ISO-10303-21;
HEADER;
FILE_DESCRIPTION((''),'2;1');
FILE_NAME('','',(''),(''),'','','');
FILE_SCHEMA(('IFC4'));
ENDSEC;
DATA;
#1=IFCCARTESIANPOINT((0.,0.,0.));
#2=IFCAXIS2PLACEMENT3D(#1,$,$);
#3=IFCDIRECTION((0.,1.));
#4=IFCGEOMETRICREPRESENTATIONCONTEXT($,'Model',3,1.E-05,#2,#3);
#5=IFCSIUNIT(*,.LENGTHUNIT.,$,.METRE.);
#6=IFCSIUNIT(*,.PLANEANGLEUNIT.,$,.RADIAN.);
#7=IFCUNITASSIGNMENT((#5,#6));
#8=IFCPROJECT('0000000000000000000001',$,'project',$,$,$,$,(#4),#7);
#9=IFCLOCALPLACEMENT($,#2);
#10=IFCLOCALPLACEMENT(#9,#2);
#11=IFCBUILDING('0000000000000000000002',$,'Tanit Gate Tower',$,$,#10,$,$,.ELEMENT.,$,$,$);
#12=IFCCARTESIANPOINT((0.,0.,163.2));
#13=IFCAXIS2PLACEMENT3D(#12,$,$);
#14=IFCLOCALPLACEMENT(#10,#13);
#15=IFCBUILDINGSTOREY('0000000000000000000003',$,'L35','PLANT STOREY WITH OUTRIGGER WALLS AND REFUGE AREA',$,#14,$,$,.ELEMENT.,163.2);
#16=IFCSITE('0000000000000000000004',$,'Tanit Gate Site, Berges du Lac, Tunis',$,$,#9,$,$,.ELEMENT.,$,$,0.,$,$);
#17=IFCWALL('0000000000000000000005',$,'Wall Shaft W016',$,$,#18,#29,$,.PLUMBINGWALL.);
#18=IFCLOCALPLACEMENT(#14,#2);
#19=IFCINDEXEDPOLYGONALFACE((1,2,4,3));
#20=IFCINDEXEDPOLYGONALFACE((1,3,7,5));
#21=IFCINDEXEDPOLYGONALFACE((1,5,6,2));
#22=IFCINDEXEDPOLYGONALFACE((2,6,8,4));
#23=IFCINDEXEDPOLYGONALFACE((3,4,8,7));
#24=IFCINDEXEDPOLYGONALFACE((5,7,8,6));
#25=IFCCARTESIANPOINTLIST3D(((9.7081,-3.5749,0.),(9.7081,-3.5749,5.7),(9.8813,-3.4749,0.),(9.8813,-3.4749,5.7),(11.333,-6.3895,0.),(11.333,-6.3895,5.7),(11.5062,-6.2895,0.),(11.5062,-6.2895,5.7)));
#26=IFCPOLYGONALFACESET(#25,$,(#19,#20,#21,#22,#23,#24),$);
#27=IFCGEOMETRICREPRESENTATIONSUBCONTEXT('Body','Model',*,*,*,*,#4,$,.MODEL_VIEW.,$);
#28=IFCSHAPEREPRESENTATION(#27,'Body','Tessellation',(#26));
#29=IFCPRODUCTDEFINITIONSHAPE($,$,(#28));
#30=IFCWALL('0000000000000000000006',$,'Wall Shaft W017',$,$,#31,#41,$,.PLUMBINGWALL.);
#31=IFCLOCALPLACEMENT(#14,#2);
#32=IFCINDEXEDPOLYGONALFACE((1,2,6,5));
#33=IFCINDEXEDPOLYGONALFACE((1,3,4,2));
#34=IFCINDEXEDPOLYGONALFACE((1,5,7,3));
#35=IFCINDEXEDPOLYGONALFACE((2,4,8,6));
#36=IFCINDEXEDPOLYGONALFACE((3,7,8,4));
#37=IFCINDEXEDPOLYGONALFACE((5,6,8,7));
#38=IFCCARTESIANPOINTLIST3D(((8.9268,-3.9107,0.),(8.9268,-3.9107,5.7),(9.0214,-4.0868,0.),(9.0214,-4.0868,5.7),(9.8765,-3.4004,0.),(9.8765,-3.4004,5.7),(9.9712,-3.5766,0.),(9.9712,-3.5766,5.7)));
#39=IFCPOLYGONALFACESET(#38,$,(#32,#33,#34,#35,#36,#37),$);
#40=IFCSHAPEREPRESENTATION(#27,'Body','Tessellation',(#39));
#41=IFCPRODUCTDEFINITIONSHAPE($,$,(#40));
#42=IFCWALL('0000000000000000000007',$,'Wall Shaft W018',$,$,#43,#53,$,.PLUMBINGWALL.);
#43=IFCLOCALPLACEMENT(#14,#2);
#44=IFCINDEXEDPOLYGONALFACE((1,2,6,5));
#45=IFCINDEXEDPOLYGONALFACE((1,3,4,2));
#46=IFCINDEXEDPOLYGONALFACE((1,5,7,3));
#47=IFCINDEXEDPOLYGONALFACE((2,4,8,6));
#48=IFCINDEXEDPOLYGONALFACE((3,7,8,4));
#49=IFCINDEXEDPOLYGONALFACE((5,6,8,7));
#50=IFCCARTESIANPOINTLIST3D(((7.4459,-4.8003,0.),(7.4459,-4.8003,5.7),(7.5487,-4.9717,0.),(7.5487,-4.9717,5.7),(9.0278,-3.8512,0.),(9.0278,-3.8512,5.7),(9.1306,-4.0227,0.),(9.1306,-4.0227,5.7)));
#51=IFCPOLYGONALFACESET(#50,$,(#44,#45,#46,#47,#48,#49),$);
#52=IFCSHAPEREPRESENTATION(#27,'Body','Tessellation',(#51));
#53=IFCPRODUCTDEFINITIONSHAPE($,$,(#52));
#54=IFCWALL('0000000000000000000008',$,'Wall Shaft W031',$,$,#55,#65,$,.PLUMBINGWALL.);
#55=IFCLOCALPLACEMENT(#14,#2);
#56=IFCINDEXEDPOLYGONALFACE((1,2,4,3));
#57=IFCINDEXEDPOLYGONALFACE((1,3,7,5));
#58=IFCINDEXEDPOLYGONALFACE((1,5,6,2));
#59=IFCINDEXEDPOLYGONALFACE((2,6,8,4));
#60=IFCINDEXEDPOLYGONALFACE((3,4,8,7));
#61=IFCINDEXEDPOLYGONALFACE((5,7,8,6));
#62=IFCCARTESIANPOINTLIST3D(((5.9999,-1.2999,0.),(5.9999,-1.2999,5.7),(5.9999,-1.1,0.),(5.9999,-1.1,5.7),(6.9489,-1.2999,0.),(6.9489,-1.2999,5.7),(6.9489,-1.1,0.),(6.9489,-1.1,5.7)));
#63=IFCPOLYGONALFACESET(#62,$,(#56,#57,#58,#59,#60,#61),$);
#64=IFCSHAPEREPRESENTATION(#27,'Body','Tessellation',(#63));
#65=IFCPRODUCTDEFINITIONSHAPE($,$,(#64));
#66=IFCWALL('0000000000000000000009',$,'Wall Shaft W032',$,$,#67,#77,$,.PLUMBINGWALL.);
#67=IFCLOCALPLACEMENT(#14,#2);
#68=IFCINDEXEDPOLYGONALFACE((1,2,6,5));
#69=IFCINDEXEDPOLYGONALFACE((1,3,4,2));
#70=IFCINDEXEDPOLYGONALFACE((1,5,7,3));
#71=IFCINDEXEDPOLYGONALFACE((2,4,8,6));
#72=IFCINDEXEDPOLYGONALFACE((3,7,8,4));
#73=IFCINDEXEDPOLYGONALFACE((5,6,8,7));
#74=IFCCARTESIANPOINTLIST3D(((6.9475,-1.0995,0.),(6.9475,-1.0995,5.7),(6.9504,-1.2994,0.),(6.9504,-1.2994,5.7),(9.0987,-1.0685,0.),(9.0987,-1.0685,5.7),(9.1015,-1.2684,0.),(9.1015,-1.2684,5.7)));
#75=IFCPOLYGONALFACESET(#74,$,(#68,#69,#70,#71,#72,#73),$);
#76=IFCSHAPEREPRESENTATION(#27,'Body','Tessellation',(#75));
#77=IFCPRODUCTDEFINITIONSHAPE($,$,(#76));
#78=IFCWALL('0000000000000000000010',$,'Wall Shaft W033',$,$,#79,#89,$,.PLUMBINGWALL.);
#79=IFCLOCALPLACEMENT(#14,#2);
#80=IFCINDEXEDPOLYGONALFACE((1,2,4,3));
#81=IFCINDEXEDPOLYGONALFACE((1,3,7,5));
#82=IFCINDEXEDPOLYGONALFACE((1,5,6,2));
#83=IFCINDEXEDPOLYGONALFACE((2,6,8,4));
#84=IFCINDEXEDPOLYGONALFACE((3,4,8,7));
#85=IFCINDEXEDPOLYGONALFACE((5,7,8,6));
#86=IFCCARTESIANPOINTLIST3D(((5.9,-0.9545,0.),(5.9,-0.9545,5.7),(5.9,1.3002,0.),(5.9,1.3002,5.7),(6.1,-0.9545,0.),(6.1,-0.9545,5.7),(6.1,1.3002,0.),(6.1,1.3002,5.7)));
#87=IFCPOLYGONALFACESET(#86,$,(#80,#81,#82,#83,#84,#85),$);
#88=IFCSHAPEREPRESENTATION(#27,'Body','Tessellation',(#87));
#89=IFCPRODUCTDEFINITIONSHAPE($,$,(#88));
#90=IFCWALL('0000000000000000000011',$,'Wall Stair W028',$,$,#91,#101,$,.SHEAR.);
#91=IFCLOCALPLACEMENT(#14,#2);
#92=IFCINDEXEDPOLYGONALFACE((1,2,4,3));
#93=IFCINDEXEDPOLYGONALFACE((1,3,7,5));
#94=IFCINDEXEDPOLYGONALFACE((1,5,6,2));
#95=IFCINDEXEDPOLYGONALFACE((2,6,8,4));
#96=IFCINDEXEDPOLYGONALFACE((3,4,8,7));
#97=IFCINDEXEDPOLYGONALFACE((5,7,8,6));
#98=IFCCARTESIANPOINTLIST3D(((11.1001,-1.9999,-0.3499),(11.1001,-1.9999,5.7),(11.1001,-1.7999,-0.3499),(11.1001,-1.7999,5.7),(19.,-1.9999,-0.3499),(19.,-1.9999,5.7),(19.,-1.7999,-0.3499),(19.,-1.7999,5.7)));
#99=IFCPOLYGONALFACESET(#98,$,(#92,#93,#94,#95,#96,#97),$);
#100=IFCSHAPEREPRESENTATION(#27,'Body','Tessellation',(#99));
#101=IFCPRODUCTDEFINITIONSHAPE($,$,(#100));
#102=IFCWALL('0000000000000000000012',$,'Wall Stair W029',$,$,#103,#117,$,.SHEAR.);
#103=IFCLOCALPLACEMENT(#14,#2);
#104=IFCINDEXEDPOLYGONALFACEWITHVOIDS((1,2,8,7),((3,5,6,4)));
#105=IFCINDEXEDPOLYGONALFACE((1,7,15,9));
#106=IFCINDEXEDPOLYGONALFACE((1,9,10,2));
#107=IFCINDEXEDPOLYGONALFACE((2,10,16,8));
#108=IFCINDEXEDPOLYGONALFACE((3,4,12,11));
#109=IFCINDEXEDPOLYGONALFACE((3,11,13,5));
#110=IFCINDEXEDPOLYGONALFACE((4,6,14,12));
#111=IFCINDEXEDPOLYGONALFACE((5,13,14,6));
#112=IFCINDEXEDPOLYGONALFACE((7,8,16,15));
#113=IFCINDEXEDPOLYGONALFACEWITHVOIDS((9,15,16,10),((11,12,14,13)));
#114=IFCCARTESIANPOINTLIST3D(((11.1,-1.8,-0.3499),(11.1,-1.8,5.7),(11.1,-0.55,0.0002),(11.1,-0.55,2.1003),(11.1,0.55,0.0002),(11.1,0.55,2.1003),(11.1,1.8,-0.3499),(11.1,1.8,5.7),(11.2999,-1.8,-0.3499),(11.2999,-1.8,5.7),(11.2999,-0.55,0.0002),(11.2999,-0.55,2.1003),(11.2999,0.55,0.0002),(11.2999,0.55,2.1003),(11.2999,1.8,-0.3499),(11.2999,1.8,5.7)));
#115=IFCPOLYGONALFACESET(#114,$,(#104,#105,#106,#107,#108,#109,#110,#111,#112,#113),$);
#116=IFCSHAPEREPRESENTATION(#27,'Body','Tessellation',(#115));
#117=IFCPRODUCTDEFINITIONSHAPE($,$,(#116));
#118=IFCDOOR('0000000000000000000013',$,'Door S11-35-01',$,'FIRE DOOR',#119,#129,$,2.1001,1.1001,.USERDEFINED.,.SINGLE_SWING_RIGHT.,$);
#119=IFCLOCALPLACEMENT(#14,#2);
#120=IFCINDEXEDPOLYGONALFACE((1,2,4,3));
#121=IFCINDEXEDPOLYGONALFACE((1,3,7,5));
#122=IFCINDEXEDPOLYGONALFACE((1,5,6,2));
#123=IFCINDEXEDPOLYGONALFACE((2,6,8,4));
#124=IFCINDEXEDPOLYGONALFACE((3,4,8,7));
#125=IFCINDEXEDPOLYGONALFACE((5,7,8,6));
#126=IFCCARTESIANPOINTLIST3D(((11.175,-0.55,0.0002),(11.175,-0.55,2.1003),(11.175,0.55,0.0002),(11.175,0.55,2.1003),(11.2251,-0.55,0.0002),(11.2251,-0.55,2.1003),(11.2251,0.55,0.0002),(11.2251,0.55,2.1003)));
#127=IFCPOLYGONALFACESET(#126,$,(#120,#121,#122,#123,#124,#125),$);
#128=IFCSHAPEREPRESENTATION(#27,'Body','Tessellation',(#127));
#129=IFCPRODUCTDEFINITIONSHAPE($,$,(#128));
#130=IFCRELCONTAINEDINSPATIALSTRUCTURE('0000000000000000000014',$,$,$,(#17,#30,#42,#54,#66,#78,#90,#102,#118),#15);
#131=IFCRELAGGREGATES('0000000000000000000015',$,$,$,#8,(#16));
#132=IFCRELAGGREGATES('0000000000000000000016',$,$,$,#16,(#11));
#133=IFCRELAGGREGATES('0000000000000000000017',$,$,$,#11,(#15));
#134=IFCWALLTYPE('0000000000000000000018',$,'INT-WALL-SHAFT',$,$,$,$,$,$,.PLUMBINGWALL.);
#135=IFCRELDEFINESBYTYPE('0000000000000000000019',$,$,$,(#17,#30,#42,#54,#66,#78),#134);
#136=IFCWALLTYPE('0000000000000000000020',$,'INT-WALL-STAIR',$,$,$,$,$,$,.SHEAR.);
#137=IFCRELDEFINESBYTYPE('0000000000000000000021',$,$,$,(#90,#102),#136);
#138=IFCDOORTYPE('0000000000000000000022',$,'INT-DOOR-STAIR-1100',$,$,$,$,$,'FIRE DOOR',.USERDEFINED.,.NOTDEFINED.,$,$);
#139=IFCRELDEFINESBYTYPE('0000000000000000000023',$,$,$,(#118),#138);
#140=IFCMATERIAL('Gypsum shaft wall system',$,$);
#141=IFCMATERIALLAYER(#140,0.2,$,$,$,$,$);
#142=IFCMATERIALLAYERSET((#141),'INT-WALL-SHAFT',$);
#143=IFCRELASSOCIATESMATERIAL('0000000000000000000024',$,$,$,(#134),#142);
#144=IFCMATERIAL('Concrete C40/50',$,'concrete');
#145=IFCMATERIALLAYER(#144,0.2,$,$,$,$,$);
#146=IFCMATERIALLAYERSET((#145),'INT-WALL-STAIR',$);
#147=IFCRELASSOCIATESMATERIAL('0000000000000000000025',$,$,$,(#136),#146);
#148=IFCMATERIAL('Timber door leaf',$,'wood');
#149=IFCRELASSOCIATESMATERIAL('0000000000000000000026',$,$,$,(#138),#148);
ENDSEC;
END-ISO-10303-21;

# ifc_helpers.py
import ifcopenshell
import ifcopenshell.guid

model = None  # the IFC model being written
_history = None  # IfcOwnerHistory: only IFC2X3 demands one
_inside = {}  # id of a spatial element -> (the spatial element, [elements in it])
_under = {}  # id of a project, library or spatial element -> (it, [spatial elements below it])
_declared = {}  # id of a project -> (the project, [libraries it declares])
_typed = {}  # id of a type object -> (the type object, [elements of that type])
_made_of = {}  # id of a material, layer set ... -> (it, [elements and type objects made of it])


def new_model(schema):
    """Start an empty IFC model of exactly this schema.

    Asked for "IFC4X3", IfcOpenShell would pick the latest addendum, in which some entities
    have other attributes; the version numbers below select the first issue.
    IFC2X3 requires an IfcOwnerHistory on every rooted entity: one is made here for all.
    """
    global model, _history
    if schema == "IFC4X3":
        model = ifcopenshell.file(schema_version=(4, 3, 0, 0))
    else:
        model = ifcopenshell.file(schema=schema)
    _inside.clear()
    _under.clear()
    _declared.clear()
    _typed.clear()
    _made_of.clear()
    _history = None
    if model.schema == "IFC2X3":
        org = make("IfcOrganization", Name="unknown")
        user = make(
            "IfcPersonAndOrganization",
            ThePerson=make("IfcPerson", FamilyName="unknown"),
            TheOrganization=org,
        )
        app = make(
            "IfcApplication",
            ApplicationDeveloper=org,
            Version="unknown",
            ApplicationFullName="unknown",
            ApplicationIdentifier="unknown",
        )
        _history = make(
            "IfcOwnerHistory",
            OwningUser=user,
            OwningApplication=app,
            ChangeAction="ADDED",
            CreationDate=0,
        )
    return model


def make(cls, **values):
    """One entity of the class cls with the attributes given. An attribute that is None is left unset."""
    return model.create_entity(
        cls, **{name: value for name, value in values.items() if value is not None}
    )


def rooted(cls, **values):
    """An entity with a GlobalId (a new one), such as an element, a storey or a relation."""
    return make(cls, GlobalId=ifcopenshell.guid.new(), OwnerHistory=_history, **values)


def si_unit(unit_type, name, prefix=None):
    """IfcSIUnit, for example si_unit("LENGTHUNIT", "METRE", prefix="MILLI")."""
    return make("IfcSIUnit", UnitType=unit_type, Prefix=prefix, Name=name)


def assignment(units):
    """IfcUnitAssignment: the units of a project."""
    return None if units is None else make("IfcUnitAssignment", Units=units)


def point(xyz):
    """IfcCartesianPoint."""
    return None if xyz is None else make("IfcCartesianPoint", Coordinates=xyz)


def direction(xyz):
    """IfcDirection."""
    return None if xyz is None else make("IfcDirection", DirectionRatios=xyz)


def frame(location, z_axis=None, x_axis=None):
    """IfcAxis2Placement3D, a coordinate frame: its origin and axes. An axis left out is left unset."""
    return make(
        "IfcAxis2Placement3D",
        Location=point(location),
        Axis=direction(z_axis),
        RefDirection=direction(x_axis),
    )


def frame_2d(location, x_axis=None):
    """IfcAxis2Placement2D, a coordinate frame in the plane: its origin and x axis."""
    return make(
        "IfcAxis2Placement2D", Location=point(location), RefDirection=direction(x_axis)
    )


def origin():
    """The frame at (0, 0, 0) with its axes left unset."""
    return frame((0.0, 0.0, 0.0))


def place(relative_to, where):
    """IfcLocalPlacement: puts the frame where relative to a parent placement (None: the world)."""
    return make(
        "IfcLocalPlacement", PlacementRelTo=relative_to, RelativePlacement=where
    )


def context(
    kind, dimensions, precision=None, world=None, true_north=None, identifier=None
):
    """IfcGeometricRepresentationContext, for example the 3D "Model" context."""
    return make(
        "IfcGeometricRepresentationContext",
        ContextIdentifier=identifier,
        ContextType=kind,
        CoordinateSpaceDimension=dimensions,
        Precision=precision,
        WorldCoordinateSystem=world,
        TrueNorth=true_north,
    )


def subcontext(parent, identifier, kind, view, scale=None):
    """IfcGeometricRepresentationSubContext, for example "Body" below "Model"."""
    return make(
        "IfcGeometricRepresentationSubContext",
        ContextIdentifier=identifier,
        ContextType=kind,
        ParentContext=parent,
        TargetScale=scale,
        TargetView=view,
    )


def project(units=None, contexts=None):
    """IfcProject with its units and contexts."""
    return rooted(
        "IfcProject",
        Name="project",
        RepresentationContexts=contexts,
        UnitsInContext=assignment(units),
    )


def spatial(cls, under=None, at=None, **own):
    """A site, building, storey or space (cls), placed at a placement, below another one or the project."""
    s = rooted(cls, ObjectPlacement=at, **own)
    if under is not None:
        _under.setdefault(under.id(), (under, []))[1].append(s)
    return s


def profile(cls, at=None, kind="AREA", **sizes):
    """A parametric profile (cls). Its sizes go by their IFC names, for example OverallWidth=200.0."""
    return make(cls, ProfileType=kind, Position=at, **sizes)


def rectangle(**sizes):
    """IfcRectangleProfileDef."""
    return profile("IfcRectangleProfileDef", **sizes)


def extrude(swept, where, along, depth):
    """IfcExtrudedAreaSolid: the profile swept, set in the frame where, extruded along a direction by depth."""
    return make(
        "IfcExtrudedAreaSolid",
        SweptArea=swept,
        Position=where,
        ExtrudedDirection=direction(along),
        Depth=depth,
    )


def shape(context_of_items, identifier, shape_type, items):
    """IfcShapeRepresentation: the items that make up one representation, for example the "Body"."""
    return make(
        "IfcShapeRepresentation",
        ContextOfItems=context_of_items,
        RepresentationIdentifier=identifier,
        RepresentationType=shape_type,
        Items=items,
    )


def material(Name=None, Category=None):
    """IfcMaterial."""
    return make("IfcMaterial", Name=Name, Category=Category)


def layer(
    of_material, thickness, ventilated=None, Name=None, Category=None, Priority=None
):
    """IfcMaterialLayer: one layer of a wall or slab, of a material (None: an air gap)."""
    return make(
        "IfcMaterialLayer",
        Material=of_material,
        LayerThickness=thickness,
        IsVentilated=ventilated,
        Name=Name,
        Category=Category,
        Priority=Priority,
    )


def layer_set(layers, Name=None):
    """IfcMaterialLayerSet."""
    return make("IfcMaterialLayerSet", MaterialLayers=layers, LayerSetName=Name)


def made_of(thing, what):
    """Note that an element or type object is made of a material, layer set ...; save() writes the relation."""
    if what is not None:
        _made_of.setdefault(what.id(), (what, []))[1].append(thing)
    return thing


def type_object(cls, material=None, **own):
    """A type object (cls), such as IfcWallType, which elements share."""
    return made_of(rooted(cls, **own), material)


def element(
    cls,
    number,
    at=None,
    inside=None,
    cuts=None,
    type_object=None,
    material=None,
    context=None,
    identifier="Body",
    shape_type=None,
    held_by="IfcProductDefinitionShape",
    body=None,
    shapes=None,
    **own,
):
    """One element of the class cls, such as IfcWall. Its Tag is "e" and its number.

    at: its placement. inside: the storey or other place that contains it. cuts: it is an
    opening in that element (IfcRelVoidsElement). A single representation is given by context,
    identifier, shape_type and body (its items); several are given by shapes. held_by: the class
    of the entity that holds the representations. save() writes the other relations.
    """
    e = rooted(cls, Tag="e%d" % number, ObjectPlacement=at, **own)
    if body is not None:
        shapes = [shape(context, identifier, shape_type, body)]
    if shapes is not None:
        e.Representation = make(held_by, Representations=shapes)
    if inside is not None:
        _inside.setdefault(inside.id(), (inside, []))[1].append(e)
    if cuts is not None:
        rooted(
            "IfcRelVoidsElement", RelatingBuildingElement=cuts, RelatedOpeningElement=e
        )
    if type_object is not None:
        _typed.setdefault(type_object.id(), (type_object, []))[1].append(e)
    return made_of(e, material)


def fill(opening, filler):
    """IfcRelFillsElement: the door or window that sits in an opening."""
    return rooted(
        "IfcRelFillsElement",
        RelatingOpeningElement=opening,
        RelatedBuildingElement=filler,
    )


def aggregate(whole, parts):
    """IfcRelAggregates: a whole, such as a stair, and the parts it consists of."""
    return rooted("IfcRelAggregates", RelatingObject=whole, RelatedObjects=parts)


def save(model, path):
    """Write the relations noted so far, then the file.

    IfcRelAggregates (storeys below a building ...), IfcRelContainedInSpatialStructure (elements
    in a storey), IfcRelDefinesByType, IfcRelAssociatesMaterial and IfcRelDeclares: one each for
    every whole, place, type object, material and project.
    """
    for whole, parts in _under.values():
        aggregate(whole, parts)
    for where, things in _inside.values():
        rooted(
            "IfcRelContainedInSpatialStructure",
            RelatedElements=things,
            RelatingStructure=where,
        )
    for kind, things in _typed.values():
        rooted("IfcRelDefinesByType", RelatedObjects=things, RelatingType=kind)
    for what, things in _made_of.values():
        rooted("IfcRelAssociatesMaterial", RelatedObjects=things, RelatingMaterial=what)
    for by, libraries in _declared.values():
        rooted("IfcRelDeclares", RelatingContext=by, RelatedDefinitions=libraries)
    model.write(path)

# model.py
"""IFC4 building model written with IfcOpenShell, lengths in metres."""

from ifc_helpers import new_model, si_unit, direction, frame, frame_2d, origin, place, context, subcontext, project, spatial, rectangle, extrude, material, layer, layer_set, type_object, element, fill, save


model = new_model("IFC4")

# Units and contexts
model_context = context("Model", 3, precision=1e-05, world=origin(), true_north=direction((0.0, 1.0)))
body_context = subcontext(model_context, "Body", "Model", "MODEL_VIEW")
ifc_project = project(units=[si_unit("LENGTHUNIT", "METRE"), si_unit("PLANEANGLEUNIT", "RADIAN")], contexts=[model_context])

# Site, building, storey
site_placement = place(None, origin())
site = spatial("IfcSite", under=ifc_project, at=site_placement, Name="Tanit Gate Site, Berges du Lac, Tunis", CompositionType="ELEMENT", RefElevation=0.0)
building_placement = place(site_placement, origin())
building = spatial("IfcBuilding", under=site, at=building_placement, Name="Tanit Gate Tower", CompositionType="ELEMENT")
storey_placement = place(building_placement, frame((0.0, 0.0, 163.2)))
storey = spatial("IfcBuildingStorey", under=building, at=storey_placement, Name="L35", Description="PLANT STOREY WITH OUTRIGGER WALLS AND REFUGE AREA", CompositionType="ELEMENT", Elevation=163.2)

# Walls
ifc_material_1 = material(Name="Gypsum shaft wall system")
ifc_layer_1 = layer(ifc_material_1, 0.2)
ifc_layer_set_1 = layer_set([ifc_layer_1], Name="INT-WALL-SHAFT")
wall_type_1 = type_object("IfcWallType", Name="INT-WALL-SHAFT", PredefinedType="PLUMBINGWALL", material=ifc_layer_set_1)
wall_1_placement = place(storey_placement, frame((9.7947, -3.5249, 0.0), z_axis=(0.0, 0.0, 1.0), x_axis=(0.499985, -0.866034, 0.0)))
element("IfcWall", 1, at=wall_1_placement, inside=storey, type_object=wall_type_1, Name="Wall Shaft W016", PredefinedType="PLUMBINGWALL", context=body_context, shape_type="SweptSolid", body=[
    extrude(rectangle(XDim=3.25, YDim=0.2, at=frame_2d((1.625, 0.0))), origin(), (0.0, 0.0, 1.0), 5.7),
])
wall_2_placement = place(storey_placement, frame((8.9741, -3.9988, 0.0), z_axis=(0.0, 0.0, 1.0), x_axis=(0.880907, 0.473289, 0.0)))
element("IfcWall", 2, at=wall_2_placement, inside=storey, type_object=wall_type_1, Name="Wall Shaft W017", PredefinedType="PLUMBINGWALL", context=body_context, shape_type="SweptSolid", body=[
    extrude(rectangle(XDim=1.0781, YDim=0.2, at=frame_2d((0.5391, 0.0))), origin(), (0.0, 0.0, 1.0), 5.7),
])
wall_3_placement = place(storey_placement, frame((7.4973, -4.886, 0.0), z_axis=(0.0, 0.0, 1.0), x_axis=(0.857516, 0.514457, 0.0)))
element("IfcWall", 3, at=wall_3_placement, inside=storey, type_object=wall_type_1, Name="Wall Shaft W018", PredefinedType="PLUMBINGWALL", context=body_context, shape_type="SweptSolid", body=[
    extrude(rectangle(XDim=1.8447, YDim=0.2, at=frame_2d((0.9224, 0.0))), origin(), (0.0, 0.0, 1.0), 5.7),
])
wall_4_placement = place(storey_placement, frame((6.949, -1.2, 0.0), z_axis=(0.0, 0.0, 1.0), x_axis=(-1.0, 0.0, 0.0)))
element("IfcWall", 4, at=wall_4_placement, inside=storey, type_object=wall_type_1, Name="Wall Shaft W031", PredefinedType="PLUMBINGWALL", context=body_context, shape_type="SweptSolid", body=[
    extrude(rectangle(XDim=0.949, YDim=0.2, at=frame_2d((0.4746, 0.0))), origin(), (0.0, 0.0, 1.0), 5.7),
])
wall_5_placement = place(storey_placement, frame((9.1001, -1.1685, 0.0), z_axis=(0.0, 0.0, 1.0), x_axis=(-0.999896, -0.014412, 0.0)))
element("IfcWall", 5, at=wall_5_placement, inside=storey, type_object=wall_type_1, Name="Wall Shaft W032", PredefinedType="PLUMBINGWALL", context=body_context, shape_type="SweptSolid", body=[
    extrude(rectangle(XDim=2.1514, YDim=0.2, at=frame_2d((1.0757, 0.0))), origin(), (0.0, 0.0, 1.0), 5.7),
])
wall_6_placement = place(storey_placement, frame((6.0, -0.9546, 0.0), z_axis=(0.0, 0.0, 1.0), x_axis=(0.0, 1.0, 0.0)))
element("IfcWall", 6, at=wall_6_placement, inside=storey, type_object=wall_type_1, Name="Wall Shaft W033", PredefinedType="PLUMBINGWALL", context=body_context, shape_type="SweptSolid", body=[
    extrude(rectangle(XDim=2.2546, YDim=0.2, at=frame_2d((1.1274, 0.0))), origin(), (0.0, 0.0, 1.0), 5.7),
])
ifc_material_2 = material(Name="Concrete C40/50", Category="concrete")
ifc_layer_2 = layer(ifc_material_2, 0.2)
ifc_layer_set_2 = layer_set([ifc_layer_2], Name="INT-WALL-STAIR")
wall_type_2 = type_object("IfcWallType", Name="INT-WALL-STAIR", PredefinedType="SHEAR", material=ifc_layer_set_2)
wall_7_placement = place(storey_placement, frame((11.1001, -1.8999, -0.3499), z_axis=(0.0, 0.0, 1.0), x_axis=(1.0, 0.0, 0.0)))
element("IfcWall", 7, at=wall_7_placement, inside=storey, type_object=wall_type_2, Name="Wall Stair W028", PredefinedType="SHEAR", context=body_context, shape_type="SweptSolid", body=[
    extrude(rectangle(XDim=7.8999, YDim=0.2, at=frame_2d((3.95, 0.0))), origin(), (0.0, 0.0, 1.0), 6.0498),
])

# Wall, opening, door
wall_8_placement = place(storey_placement, frame((11.2, -1.8, -0.3499), z_axis=(0.0, 0.0, 1.0), x_axis=(0.0, 1.0, 0.0)))
wall_8 = element("IfcWall", 8, at=wall_8_placement, inside=storey, type_object=wall_type_2, Name="Wall Stair W029", PredefinedType="SHEAR", context=body_context, shape_type="SweptSolid", body=[
    extrude(rectangle(XDim=3.6001, YDim=0.2, at=frame_2d((1.8, 0.0))), origin(), (0.0, 0.0, 1.0), 6.0498),
])
opening_1_placement = place(wall_8_placement, frame((1.25, 0.0, 0.3501)))
opening_1 = element("IfcOpeningElement", 9, at=opening_1_placement, cuts=wall_8, PredefinedType="OPENING", context=body_context, shape_type="SweptSolid", body=[
    extrude(rectangle(XDim=1.1001, YDim=2.1001, at=frame_2d((0.55, 1.05))), frame((0.0, 0.1099, 0.0), z_axis=(0.0, -1.0, 0.0), x_axis=(1.0, 0.0, 0.0)), (0.0, 0.0, 1.0), 0.22),
])
ifc_material_3 = material(Name="Timber door leaf", Category="wood")
door_type_1 = type_object("IfcDoorType", Name="INT-DOOR-STAIR-1100", ElementType="FIRE DOOR", OperationType="NOTDEFINED", PredefinedType="USERDEFINED", material=ifc_material_3)
door_1_placement = place(opening_1_placement, origin())
door_1 = element("IfcDoor", 10, at=door_1_placement, inside=storey, type_object=door_type_1, Name="Door S11-35-01", ObjectType="FIRE DOOR", OperationType="SINGLE_SWING_RIGHT", OverallHeight=2.1001, OverallWidth=1.1001, PredefinedType="USERDEFINED", context=body_context, shape_type="SweptSolid", body=[
    extrude(rectangle(XDim=1.1001, YDim=2.1001, at=frame_2d((0.55, 1.05))), frame((0.0, 0.0249, 0.0), z_axis=(0.0, -1.0, 0.0), x_axis=(1.0, 0.0, 0.0)), (0.0, 0.0, 1.0), 0.05),
])
fill(opening_1, door_1)

save(model, "model.ifc")
